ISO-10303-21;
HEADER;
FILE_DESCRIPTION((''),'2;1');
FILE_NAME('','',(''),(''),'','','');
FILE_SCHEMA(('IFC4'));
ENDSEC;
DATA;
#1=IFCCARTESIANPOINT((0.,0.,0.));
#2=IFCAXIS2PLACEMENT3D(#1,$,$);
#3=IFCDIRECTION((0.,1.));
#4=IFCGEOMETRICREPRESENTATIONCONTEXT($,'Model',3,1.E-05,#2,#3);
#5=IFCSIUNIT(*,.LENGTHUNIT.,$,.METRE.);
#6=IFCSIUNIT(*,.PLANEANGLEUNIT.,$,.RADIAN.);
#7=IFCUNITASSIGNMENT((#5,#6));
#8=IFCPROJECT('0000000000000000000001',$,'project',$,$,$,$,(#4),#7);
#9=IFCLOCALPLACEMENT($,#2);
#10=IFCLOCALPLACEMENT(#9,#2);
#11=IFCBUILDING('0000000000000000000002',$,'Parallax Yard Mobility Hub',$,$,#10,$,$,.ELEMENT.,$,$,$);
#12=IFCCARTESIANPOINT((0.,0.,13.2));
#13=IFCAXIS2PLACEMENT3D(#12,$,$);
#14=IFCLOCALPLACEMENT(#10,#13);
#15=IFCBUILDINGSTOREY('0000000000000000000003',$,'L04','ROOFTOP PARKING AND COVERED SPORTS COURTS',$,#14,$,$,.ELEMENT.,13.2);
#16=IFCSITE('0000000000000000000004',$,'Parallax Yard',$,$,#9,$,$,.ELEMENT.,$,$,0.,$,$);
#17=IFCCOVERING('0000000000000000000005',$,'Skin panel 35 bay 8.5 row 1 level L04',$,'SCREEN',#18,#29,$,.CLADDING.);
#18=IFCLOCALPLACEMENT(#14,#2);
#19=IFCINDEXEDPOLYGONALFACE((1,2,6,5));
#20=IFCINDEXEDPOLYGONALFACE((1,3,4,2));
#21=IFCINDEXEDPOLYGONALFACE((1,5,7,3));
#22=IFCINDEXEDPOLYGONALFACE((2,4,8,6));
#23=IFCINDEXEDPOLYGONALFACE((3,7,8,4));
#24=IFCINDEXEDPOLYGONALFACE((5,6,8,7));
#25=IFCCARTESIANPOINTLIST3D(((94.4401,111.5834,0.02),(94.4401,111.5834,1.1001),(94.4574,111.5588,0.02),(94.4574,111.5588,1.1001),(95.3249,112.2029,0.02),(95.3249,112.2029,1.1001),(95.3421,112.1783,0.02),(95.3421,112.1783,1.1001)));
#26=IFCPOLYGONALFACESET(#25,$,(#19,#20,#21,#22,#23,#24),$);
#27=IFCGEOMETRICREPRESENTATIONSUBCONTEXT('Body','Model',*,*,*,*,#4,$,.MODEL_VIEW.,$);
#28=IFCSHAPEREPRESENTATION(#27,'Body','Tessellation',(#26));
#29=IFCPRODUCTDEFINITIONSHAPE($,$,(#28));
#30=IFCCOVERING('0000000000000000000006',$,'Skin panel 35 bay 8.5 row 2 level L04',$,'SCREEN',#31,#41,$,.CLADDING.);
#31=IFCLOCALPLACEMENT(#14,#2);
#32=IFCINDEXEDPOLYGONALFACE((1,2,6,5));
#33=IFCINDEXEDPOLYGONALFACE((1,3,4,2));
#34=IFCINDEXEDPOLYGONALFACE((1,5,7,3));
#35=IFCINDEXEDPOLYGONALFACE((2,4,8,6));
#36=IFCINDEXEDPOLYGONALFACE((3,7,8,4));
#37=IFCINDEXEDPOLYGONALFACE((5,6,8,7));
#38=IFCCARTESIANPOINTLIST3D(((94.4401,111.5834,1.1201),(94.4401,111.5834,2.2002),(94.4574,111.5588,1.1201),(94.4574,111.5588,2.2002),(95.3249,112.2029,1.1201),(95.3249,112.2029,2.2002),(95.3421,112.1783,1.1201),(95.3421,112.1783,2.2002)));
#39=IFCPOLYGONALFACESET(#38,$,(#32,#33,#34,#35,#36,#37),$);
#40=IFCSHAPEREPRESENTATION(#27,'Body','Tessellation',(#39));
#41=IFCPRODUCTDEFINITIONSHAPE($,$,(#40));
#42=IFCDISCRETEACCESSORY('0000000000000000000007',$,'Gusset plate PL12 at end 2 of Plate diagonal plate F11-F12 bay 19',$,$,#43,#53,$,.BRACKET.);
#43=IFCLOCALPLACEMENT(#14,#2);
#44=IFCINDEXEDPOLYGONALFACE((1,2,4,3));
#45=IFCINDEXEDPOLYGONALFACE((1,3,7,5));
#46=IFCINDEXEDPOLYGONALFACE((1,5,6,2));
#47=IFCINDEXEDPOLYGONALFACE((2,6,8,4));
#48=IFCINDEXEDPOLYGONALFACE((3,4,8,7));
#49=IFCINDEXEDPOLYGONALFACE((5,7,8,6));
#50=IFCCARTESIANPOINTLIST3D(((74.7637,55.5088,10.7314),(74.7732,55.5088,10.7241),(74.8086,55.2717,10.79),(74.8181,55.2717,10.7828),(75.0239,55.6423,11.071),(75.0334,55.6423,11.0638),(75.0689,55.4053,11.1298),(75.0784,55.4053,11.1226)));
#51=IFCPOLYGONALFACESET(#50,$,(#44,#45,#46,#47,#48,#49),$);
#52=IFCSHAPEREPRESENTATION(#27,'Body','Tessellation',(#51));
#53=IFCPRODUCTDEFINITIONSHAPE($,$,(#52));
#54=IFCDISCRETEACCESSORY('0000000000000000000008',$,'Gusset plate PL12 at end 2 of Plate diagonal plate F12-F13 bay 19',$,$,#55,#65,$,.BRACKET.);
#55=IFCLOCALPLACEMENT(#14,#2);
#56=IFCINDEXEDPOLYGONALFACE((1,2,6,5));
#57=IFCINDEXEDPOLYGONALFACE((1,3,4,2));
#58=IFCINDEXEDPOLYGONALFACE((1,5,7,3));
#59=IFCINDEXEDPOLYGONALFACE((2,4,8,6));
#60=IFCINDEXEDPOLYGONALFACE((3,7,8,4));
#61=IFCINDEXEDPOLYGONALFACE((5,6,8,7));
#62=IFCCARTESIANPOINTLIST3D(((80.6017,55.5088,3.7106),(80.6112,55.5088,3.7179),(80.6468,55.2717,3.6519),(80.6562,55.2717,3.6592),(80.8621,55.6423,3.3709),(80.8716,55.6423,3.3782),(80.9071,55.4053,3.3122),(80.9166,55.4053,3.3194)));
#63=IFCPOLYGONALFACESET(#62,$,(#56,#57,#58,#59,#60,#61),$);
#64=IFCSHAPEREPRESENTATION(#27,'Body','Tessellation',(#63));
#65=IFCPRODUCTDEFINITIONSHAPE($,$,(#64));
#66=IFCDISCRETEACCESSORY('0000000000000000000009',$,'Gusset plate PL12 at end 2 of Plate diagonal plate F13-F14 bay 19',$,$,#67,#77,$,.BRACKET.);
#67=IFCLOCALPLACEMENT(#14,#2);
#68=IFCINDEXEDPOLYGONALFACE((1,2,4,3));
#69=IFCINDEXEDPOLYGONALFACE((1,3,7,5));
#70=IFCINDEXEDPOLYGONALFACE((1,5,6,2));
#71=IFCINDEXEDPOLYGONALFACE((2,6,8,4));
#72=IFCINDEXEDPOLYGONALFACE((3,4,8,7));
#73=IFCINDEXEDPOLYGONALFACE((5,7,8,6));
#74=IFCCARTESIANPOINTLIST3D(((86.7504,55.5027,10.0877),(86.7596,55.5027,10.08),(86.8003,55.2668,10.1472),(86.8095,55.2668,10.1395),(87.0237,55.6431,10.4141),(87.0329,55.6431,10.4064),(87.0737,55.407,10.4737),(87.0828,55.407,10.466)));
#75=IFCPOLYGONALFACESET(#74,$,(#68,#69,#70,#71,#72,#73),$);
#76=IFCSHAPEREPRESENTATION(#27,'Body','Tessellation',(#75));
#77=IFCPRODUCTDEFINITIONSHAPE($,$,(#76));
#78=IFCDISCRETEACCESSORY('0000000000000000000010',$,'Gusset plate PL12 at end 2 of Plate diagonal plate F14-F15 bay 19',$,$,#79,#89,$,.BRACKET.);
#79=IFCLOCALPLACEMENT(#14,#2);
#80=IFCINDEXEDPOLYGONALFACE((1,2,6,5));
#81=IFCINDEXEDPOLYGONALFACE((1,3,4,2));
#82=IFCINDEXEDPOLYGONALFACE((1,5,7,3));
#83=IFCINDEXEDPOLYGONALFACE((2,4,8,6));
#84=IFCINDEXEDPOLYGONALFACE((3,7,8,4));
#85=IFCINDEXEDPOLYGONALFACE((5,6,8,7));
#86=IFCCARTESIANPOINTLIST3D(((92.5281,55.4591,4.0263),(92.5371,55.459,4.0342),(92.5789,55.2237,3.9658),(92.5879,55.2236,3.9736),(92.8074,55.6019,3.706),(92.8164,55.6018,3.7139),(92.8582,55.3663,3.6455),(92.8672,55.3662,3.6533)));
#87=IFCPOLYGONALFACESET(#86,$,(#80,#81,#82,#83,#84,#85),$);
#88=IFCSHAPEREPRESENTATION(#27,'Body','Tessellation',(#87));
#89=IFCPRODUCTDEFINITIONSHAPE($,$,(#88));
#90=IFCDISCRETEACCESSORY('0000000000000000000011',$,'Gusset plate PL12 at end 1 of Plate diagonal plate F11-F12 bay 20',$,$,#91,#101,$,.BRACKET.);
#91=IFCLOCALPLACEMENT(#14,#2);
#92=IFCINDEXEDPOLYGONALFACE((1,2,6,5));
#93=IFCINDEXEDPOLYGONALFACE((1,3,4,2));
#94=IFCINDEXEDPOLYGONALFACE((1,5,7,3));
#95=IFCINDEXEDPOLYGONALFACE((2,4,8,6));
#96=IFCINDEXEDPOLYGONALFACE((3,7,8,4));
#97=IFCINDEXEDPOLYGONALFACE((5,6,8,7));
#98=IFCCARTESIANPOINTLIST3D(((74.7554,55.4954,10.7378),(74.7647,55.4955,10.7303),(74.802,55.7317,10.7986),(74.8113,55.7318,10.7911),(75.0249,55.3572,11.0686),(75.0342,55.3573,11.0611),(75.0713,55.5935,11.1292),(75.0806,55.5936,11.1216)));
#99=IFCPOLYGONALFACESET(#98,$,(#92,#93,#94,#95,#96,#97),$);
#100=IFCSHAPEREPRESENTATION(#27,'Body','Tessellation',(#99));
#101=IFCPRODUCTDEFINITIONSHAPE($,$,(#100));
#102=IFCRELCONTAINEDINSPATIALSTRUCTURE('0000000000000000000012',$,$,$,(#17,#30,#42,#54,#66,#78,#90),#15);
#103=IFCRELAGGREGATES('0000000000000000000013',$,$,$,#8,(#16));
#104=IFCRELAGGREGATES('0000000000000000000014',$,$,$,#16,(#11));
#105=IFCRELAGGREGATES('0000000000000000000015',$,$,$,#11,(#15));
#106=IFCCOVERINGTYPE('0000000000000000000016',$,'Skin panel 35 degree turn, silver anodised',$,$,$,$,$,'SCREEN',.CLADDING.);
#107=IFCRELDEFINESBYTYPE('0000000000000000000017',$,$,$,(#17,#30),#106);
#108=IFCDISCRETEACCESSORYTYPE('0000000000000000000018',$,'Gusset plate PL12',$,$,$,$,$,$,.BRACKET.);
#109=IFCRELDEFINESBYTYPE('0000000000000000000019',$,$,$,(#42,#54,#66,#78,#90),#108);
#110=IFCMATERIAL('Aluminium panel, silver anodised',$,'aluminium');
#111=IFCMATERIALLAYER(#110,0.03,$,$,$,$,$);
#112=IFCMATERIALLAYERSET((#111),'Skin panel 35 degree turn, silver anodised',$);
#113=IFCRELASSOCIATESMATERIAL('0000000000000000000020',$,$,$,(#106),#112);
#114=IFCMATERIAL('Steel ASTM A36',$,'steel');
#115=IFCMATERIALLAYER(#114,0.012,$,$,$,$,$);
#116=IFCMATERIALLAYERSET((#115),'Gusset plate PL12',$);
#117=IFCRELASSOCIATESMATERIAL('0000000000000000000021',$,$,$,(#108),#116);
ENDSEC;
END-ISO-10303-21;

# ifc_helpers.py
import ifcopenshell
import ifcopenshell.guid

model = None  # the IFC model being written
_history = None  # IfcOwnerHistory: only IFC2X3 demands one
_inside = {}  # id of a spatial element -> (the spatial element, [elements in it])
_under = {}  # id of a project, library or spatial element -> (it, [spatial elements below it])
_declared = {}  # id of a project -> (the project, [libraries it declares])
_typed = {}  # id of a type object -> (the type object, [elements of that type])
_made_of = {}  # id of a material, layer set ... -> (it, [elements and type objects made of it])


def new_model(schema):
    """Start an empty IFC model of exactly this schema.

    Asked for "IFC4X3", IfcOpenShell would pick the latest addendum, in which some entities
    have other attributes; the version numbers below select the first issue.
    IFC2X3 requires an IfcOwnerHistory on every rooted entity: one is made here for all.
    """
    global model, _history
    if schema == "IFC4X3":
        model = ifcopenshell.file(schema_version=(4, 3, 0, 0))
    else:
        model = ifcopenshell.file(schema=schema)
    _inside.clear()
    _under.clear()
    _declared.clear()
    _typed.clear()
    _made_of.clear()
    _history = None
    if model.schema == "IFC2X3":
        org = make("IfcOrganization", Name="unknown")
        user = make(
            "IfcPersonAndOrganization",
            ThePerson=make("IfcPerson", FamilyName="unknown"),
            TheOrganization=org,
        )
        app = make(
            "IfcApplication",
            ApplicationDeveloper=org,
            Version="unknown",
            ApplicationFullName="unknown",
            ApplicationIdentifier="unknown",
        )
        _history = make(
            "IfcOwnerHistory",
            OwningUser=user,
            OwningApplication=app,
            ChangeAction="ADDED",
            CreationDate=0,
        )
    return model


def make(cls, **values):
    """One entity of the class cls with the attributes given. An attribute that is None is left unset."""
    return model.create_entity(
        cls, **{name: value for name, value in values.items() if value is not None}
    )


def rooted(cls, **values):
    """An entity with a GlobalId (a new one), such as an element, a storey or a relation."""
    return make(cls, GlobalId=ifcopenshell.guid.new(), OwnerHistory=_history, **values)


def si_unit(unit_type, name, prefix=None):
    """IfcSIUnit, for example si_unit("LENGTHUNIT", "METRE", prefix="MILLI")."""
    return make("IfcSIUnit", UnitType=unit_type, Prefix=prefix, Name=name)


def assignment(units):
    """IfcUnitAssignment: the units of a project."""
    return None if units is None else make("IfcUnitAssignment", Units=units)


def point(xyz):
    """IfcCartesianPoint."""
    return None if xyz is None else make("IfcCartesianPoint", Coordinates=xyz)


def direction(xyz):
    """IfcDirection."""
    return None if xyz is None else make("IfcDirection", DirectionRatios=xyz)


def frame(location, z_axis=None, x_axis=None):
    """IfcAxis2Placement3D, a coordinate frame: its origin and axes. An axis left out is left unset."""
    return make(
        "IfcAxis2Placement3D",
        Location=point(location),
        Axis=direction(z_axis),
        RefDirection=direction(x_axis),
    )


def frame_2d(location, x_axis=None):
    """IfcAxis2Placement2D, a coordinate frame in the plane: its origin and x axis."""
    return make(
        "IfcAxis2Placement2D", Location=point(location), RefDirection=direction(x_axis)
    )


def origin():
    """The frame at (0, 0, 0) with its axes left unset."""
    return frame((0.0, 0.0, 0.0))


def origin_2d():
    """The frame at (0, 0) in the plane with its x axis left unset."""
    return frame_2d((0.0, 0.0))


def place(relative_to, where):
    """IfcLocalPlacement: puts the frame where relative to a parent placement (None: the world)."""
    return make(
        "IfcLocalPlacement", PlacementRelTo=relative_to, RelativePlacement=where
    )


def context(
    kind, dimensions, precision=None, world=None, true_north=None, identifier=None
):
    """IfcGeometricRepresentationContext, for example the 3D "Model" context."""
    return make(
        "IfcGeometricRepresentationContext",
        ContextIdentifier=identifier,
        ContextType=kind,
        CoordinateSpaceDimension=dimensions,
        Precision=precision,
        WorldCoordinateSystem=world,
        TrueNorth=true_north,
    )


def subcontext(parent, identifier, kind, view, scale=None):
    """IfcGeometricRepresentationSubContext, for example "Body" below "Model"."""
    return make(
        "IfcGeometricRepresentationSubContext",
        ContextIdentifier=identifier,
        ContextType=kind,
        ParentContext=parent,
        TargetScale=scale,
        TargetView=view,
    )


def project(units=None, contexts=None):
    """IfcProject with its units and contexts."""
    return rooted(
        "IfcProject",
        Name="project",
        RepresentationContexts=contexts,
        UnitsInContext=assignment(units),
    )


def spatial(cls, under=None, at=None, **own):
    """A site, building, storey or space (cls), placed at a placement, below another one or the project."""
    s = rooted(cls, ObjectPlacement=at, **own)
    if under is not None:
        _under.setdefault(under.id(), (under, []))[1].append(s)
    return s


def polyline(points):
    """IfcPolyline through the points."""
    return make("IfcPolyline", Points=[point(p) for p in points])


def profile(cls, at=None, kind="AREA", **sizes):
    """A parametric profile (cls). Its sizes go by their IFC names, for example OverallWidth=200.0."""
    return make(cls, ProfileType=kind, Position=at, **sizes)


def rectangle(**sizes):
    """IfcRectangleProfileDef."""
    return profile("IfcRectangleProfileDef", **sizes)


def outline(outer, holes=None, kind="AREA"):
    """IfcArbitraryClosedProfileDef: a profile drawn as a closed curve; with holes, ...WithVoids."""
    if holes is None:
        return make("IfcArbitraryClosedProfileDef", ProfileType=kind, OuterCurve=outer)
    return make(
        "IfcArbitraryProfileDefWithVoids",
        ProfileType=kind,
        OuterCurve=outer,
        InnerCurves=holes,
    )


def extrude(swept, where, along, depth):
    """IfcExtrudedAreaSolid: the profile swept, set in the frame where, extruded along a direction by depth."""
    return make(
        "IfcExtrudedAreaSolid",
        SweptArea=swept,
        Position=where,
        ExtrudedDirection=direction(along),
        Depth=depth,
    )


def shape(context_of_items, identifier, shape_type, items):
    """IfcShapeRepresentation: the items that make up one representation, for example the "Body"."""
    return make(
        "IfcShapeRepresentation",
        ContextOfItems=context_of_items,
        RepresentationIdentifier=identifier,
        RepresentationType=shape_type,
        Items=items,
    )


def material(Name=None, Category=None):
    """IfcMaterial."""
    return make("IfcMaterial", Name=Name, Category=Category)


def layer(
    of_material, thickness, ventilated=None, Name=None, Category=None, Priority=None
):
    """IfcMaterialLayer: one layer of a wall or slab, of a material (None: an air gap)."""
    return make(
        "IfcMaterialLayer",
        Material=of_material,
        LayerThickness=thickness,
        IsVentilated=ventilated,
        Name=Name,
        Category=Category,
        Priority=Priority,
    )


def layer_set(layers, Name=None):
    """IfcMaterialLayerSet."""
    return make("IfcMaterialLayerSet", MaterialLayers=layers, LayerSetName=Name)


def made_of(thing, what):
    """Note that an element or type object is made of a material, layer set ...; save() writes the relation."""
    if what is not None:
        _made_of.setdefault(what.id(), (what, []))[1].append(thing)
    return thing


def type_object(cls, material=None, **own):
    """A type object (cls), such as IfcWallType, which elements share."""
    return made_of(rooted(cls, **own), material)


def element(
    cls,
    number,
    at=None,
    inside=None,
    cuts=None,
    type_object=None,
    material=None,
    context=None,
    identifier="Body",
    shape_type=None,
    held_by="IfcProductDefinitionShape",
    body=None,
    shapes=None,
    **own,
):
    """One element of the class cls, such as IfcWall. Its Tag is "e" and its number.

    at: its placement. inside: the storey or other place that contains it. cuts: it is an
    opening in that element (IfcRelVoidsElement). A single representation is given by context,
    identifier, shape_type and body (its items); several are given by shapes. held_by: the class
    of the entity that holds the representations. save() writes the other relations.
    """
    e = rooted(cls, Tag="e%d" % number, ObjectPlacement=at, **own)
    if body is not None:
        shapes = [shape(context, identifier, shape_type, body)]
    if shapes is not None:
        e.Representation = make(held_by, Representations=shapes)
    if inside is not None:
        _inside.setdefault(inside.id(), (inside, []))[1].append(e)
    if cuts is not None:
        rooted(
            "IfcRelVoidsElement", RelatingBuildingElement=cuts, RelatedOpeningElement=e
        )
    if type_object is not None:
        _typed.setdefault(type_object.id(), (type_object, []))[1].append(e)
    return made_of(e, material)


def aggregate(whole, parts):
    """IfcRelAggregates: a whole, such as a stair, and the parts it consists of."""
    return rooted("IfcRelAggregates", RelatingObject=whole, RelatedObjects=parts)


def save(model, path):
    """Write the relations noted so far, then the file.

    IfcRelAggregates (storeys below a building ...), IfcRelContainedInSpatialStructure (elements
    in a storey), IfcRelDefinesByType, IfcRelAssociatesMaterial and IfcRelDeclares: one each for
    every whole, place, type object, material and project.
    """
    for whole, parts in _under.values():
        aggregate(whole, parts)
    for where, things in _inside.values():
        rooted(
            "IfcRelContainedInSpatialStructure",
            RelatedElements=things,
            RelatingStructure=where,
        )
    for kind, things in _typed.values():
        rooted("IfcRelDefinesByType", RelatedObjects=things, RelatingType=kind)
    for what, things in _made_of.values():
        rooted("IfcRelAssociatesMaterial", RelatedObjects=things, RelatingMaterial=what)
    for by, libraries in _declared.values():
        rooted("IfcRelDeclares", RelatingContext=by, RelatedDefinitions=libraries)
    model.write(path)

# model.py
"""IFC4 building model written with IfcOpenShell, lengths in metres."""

from ifc_helpers import new_model, si_unit, direction, frame, origin, origin_2d, place, context, subcontext, project, spatial, polyline, rectangle, outline, extrude, material, layer, layer_set, type_object, element, save


model = new_model("IFC4")

# Units and contexts
model_context = context("Model", 3, precision=1e-05, world=origin(), true_north=direction((0.0, 1.0)))
body_context = subcontext(model_context, "Body", "Model", "MODEL_VIEW")
ifc_project = project(units=[si_unit("LENGTHUNIT", "METRE"), si_unit("PLANEANGLEUNIT", "RADIAN")], contexts=[model_context])

# Site, building, storey
site_placement = place(None, origin())
site = spatial("IfcSite", under=ifc_project, at=site_placement, Name="Parallax Yard", CompositionType="ELEMENT", RefElevation=0.0)
building_placement = place(site_placement, origin())
building = spatial("IfcBuilding", under=site, at=building_placement, Name="Parallax Yard Mobility Hub", CompositionType="ELEMENT")
storey_placement = place(building_placement, frame((0.0, 0.0, 13.2)))
storey = spatial("IfcBuildingStorey", under=building, at=storey_placement, Name="L04", Description="ROOFTOP PARKING AND COVERED SPORTS COURTS", CompositionType="ELEMENT", Elevation=13.2)

# Coverings
ifc_material_1 = material(Name="Aluminium panel, silver anodised", Category="aluminium")
ifc_layer_1 = layer(ifc_material_1, 0.03)
ifc_layer_set_1 = layer_set([ifc_layer_1], Name="Skin panel 35 degree turn, silver anodised")
covering_type_1 = type_object("IfcCoveringType", Name="Skin panel 35 degree turn, silver anodised", ElementType="SCREEN", PredefinedType="CLADDING", material=ifc_layer_set_1)
for number, where, z_axis, x_axis, name in (
    (1, (94.8911, 111.8809, 0.02), (0.0, 0.0, 1.0), (-0.819152, -0.573576, 0.0), "Skin panel 35 bay 8.5 row 1 level L04"),
    (2, (94.8911, 111.8809, 1.1201), (0.0, 0.0, 1.0), (-0.819152, -0.573576, 0.0), "Skin panel 35 bay 8.5 row 2 level L04"),
):
    element("IfcCovering", number, at=place(storey_placement, frame(where, z_axis=z_axis, x_axis=x_axis)), inside=storey, type_object=covering_type_1, Name=name, ObjectType="SCREEN", PredefinedType="CLADDING", context=body_context, shape_type="SweptSolid", body=[
        extrude(rectangle(XDim=1.0801, YDim=0.03, at=origin_2d()), origin(), (0.0, 0.0, 1.0), 1.0801),
    ])

# Discrete accessories
ifc_material_2 = material(Name="Steel ASTM A36", Category="steel")
ifc_layer_2 = layer(ifc_material_2, 0.012)
ifc_layer_set_2 = layer_set([ifc_layer_2], Name="Gusset plate PL12")
discrete_accessory_type = type_object("IfcDiscreteAccessoryType", Name="Gusset plate PL12", PredefinedType="BRACKET", material=ifc_layer_set_2)
discrete_accessory_1_placement = place(storey_placement, frame((74.8086, 55.2717, 10.79), z_axis=(-0.793865, 0.00018, 0.608093), x_axis=(0.580541, 0.297827, 0.757807)))
element("IfcDiscreteAccessory", 3, at=discrete_accessory_1_placement, inside=storey, type_object=discrete_accessory_type, Name="Gusset plate PL12 at end 2 of Plate diagonal plate F11-F12 bay 19", PredefinedType="BRACKET", context=body_context, shape_type="SweptSolid", body=[
    extrude(outline(polyline([(0.0, 0.0), (0.4484, 0.0), (0.4483, 0.2483), (0.0001, 0.2483), (0.0, 0.0)])), origin(), (0.0, 0.0, -1.0), 0.012),
])
discrete_accessory_2_placement = place(storey_placement, frame((80.6562, 55.2717, 3.6592), z_axis=(0.793669, 0.000128, 0.608349), x_axis=(0.580712, 0.297827, -0.757676)))
element("IfcDiscreteAccessory", 4, at=discrete_accessory_2_placement, inside=storey, type_object=discrete_accessory_type, Name="Gusset plate PL12 at end 2 of Plate diagonal plate F12-F13 bay 19", PredefinedType="BRACKET", context=body_context, shape_type="SweptSolid", body=[
    extrude(outline(polyline([(0.0, 0.0), (0.4484, 0.0), (0.4483, 0.2483), (0.0, 0.2483), (0.0, 0.0)])), origin(), (0.0, 0.0, -1.0), 0.012),
])
discrete_accessory_3_placement = place(storey_placement, frame((86.8003, 55.2668, 10.1472), z_axis=(-0.766686, -0.000138, 0.642023), x_axis=(0.609812, 0.312611, 0.728288)))
element("IfcDiscreteAccessory", 5, at=discrete_accessory_3_placement, inside=storey, type_object=discrete_accessory_type, Name="Gusset plate PL12 at end 2 of Plate diagonal plate F13-F14 bay 19", PredefinedType="BRACKET", context=body_context, shape_type="SweptSolid", body=[
    extrude(outline(polyline([(0.0, 0.0), (0.4483, 0.0), (0.4482, 0.2486), (0.0, 0.2483), (0.0, 0.0)])), origin(), (0.0, 0.0, -1.0), 0.012),
])
discrete_accessory_4_placement = place(storey_placement, frame((92.5879, 55.2236, 3.9736), z_axis=(0.754978, -0.00579, 0.655725), x_axis=(0.62307, 0.318071, -0.714573)))
element("IfcDiscreteAccessory", 6, at=discrete_accessory_4_placement, inside=storey, type_object=discrete_accessory_type, Name="Gusset plate PL12 at end 2 of Plate diagonal plate F14-F15 bay 19", PredefinedType="BRACKET", context=body_context, shape_type="SweptSolid", body=[
    extrude(outline(polyline([(0.0, 0.0), (0.4483, 0.0), (0.4483, 0.2485), (0.0, 0.2483), (0.0, 0.0)])), origin(), (0.0, 0.0, -1.0), 0.012),
])
discrete_accessory_5_placement = place(storey_placement, frame((74.7554, 55.4954, 10.7378), z_axis=(-0.777022, -0.008664, 0.629413), x_axis=(0.600893, -0.308083, 0.737572)))
element("IfcDiscreteAccessory", 7, at=discrete_accessory_5_placement, inside=storey, type_object=discrete_accessory_type, Name="Gusset plate PL12 at end 1 of Plate diagonal plate F11-F12 bay 20", PredefinedType="BRACKET", context=body_context, shape_type="SweptSolid", body=[
    extrude(outline(polyline([(0.0, 0.0), (0.4485, 0.0), (0.4483, 0.2483), (0.0, 0.2484), (0.0, 0.0)])), origin(), (0.0, 0.0, -1.0), 0.012),
])

save(model, "model.ifc")
